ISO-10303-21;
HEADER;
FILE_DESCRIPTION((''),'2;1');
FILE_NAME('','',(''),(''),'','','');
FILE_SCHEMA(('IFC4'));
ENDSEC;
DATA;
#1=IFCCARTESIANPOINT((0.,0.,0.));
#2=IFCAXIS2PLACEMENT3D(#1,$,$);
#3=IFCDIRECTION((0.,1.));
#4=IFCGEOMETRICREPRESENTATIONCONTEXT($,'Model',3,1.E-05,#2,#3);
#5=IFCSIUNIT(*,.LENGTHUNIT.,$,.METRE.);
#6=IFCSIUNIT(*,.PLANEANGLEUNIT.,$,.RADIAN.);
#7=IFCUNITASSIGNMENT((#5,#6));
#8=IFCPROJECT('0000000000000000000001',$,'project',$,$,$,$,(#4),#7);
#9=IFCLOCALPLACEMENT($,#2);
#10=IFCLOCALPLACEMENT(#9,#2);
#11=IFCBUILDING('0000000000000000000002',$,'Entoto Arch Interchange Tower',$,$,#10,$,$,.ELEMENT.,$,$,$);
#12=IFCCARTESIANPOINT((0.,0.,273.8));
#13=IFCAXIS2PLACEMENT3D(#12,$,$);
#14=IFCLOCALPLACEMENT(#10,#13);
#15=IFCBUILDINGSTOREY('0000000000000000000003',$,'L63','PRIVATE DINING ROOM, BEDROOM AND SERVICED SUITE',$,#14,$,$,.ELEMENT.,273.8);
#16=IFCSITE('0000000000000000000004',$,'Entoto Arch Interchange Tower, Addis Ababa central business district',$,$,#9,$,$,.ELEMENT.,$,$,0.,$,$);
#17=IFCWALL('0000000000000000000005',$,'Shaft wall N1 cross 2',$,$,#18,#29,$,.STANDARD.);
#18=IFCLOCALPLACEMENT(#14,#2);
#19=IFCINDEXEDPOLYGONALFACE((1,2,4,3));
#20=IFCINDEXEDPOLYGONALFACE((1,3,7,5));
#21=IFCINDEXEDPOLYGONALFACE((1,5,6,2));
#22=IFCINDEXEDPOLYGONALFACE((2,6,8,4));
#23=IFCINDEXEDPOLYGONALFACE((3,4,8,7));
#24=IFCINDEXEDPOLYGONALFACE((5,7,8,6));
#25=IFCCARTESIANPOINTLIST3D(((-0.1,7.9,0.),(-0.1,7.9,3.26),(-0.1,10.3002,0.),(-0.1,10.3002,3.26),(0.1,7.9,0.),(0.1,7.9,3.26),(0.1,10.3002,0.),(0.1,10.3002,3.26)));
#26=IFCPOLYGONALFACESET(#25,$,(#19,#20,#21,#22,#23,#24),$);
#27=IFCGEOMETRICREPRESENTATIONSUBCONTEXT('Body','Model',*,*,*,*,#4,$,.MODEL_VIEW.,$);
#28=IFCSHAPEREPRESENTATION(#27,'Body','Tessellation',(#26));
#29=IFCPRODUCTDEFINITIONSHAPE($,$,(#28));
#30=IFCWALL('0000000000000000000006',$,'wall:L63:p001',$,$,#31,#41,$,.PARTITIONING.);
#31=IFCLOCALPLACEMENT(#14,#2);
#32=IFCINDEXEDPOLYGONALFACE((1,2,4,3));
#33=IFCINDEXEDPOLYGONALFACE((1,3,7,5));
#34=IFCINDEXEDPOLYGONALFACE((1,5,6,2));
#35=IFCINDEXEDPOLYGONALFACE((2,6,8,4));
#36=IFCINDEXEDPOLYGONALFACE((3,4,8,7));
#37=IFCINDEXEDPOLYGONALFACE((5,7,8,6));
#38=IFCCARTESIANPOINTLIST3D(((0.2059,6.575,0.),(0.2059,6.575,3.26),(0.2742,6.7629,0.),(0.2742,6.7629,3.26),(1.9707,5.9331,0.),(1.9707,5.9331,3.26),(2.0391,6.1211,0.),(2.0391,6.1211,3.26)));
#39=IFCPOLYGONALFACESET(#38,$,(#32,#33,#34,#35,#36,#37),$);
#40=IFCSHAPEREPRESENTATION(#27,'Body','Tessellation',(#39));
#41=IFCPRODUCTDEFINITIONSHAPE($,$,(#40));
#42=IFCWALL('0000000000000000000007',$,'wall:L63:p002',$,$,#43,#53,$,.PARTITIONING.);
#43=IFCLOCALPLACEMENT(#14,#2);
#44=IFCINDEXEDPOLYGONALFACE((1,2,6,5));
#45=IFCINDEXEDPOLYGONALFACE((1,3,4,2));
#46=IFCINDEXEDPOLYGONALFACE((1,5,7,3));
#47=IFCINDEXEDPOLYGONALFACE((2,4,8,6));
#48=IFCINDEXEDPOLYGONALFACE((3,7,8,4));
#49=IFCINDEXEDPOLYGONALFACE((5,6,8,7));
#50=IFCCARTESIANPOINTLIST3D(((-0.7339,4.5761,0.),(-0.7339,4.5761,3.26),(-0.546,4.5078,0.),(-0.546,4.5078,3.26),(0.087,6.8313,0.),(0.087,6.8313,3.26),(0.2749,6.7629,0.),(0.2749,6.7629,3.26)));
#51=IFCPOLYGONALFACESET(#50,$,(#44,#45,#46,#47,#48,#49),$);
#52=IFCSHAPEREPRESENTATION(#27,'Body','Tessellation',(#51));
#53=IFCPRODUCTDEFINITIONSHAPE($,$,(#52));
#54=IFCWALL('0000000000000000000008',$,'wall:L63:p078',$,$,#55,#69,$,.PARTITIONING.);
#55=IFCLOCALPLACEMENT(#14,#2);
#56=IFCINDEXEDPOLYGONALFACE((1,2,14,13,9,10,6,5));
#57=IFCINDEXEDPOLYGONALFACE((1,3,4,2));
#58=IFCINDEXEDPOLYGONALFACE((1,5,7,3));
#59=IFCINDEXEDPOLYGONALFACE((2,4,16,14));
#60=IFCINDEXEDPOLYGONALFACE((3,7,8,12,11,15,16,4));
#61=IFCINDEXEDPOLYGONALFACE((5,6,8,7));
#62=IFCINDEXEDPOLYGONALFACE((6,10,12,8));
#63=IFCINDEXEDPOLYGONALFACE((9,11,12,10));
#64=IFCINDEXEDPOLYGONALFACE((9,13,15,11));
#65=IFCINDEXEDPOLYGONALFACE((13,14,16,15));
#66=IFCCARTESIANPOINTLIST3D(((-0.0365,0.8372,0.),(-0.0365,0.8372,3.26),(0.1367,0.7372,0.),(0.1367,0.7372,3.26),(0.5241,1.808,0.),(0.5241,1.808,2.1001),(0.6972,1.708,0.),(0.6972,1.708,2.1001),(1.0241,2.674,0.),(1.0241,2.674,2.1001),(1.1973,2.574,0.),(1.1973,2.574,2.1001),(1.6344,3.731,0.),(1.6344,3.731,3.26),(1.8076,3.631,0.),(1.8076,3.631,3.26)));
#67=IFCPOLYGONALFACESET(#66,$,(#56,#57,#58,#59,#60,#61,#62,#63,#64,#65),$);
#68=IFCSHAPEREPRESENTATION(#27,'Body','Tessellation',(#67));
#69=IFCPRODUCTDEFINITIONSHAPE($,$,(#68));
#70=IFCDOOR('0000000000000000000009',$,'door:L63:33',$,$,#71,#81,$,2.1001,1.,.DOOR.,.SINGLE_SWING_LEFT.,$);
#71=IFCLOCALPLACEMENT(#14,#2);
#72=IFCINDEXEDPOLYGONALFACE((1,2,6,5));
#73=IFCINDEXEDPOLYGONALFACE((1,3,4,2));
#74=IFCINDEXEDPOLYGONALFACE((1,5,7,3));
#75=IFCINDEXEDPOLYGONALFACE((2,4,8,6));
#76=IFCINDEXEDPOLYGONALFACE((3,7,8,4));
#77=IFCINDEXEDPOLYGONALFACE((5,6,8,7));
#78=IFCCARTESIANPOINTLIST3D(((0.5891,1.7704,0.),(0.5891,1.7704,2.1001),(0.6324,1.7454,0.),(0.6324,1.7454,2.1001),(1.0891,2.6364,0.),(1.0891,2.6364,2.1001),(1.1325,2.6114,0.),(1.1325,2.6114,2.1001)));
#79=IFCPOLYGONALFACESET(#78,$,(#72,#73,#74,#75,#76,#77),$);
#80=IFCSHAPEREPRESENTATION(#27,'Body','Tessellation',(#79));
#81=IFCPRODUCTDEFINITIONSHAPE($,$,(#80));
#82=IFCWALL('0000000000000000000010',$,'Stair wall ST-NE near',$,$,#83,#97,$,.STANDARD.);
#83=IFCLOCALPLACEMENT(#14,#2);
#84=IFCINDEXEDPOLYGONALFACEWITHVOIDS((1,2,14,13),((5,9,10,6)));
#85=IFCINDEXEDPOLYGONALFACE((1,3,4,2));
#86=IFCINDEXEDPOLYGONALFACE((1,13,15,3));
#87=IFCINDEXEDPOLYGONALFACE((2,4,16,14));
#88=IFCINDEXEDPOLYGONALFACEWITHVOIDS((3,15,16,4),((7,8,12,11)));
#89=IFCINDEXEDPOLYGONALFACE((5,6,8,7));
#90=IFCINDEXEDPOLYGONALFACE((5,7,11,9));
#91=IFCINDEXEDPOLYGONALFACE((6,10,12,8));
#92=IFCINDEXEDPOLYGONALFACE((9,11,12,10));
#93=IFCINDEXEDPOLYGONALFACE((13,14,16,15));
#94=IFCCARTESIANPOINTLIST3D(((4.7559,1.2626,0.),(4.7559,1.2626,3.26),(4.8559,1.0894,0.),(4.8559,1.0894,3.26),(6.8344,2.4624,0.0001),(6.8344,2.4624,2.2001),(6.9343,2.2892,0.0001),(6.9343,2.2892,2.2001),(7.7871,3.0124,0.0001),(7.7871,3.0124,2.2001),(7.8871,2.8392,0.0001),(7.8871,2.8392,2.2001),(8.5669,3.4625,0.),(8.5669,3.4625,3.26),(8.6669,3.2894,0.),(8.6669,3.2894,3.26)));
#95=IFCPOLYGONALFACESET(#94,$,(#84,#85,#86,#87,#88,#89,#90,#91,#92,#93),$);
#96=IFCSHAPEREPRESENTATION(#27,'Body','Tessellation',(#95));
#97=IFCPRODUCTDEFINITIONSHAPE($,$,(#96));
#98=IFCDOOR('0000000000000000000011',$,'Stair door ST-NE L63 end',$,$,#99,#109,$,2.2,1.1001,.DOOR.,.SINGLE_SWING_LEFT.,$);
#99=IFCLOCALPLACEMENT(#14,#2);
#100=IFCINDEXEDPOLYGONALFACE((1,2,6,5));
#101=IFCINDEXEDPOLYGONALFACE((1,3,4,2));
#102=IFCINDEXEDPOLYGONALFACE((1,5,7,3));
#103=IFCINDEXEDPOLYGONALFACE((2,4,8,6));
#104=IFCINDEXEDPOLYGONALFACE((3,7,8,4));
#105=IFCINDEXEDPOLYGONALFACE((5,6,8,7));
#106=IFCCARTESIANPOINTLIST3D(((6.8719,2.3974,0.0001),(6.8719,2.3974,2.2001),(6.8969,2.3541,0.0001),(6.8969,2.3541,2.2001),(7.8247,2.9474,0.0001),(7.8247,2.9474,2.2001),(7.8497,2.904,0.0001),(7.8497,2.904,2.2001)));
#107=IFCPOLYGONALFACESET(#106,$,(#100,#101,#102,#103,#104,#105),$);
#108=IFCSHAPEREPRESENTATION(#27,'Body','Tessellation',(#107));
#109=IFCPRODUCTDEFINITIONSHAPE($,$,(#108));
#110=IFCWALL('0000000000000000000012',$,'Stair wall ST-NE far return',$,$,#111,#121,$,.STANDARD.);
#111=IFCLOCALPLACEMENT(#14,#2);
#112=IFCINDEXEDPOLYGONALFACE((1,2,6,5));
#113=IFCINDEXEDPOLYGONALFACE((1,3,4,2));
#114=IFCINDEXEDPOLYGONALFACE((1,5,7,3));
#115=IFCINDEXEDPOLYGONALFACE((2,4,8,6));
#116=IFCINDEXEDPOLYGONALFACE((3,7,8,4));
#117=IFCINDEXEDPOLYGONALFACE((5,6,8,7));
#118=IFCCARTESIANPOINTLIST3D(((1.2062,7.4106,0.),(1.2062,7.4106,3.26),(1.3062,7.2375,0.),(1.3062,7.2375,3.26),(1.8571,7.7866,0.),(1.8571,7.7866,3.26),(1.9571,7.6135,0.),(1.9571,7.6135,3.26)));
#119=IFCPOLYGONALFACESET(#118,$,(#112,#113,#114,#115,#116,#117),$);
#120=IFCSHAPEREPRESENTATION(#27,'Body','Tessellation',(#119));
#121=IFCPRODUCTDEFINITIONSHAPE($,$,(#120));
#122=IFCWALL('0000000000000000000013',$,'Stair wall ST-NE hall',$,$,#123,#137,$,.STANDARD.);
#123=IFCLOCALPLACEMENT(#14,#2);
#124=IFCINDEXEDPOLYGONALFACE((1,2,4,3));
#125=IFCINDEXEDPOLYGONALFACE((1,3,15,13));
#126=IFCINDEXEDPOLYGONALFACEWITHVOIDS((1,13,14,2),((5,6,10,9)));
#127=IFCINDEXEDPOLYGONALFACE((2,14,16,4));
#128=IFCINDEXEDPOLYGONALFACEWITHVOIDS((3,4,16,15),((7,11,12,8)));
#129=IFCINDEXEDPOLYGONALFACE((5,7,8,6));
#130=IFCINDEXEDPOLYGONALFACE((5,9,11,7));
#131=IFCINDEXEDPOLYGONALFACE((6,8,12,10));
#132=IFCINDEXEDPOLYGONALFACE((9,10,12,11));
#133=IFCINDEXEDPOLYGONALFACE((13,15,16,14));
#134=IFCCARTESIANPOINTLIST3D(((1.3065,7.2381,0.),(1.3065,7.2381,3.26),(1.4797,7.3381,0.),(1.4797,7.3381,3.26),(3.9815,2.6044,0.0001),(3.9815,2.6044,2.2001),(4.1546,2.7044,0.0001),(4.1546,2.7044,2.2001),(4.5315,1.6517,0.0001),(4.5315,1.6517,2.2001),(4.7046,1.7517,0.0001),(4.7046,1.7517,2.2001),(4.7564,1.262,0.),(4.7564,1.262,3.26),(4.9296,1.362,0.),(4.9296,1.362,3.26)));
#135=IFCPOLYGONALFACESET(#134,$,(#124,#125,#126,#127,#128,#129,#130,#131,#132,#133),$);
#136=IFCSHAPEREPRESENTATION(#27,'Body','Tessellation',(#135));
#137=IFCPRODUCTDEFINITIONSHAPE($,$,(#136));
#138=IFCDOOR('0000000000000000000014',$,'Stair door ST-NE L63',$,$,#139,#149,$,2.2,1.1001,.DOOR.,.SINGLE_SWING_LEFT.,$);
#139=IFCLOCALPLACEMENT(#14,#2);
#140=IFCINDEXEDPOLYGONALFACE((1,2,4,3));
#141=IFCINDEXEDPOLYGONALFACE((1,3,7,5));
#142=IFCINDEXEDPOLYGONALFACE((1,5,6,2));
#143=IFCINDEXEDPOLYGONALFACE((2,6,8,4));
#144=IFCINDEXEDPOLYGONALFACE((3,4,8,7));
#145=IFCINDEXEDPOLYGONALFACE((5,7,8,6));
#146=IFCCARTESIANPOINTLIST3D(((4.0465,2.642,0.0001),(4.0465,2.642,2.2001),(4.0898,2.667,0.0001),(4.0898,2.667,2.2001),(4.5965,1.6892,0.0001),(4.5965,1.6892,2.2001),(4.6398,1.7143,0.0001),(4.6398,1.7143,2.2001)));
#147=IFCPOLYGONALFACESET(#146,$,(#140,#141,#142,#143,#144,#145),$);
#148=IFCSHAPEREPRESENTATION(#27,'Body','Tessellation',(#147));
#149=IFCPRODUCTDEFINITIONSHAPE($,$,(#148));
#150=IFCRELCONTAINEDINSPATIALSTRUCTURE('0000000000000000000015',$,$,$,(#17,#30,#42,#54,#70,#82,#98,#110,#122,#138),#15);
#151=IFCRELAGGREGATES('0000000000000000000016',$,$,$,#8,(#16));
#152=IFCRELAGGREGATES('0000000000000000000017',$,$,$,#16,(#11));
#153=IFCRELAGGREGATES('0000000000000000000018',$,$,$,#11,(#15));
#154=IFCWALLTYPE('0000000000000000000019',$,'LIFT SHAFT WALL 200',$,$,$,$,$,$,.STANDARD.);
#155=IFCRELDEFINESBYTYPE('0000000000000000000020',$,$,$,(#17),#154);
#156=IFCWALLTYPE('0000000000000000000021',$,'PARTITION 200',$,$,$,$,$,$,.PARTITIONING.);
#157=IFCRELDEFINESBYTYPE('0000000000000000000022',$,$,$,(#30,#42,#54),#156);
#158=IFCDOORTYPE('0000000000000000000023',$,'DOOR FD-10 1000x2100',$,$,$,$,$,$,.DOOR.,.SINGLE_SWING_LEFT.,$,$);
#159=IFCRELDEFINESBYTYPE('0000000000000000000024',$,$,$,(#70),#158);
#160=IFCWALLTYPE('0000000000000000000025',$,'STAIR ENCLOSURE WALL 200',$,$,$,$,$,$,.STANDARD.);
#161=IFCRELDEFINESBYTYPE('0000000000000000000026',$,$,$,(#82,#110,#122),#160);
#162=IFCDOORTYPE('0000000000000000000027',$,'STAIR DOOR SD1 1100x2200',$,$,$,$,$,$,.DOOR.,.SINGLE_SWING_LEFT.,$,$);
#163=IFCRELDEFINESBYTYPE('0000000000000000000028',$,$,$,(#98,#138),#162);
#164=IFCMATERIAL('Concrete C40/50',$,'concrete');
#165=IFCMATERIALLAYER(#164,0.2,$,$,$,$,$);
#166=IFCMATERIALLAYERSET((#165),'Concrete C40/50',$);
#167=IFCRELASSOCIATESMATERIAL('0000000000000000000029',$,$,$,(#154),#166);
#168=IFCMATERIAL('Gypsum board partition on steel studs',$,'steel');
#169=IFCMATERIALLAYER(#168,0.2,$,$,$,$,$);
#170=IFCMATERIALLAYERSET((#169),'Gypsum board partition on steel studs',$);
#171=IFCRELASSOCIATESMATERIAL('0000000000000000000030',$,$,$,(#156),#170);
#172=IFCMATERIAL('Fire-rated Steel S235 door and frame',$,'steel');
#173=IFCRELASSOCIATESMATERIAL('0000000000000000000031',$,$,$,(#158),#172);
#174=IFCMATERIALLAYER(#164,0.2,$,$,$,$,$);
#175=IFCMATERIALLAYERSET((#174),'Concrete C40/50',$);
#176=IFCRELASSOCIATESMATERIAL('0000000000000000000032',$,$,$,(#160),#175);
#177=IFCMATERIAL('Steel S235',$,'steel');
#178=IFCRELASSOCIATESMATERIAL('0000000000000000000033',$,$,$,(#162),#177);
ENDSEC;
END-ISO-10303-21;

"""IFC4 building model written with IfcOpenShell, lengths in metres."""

from ifc_helpers import new_model, si_unit, direction, frame, frame_2d, origin, place, context, subcontext, project, spatial, rectangle, extrude, material, layer, layer_set, type_object, element, fill, save


model = new_model("IFC4")

# Units and contexts
model_context = context("Model", 3, precision=1e-05, world=origin(), true_north=direction((0.0, 1.0)))
body_context = subcontext(model_context, "Body", "Model", "MODEL_VIEW")
ifc_project = project(units=[si_unit("LENGTHUNIT", "METRE"), si_unit("PLANEANGLEUNIT", "RADIAN")], contexts=[model_context])

# Site, building, storey
site_placement = place(None, origin())
site = spatial("IfcSite", under=ifc_project, at=site_placement, Name="Entoto Arch Interchange Tower, Addis Ababa central business district", CompositionType="ELEMENT", RefElevation=0.0)
building_placement = place(site_placement, origin())
building = spatial("IfcBuilding", under=site, at=building_placement, Name="Entoto Arch Interchange Tower", CompositionType="ELEMENT")
storey_placement = place(building_placement, frame((0.0, 0.0, 273.8)))
storey = spatial("IfcBuildingStorey", under=building, at=storey_placement, Name="L63", Description="PRIVATE DINING ROOM, BEDROOM AND SERVICED SUITE", CompositionType="ELEMENT", Elevation=273.8)

# Shared definitions
ifc_material_1 = material(Name="Concrete C40/50", Category="concrete")

# Shared definitions
ifc_layer_1 = layer(ifc_material_1, 0.2)
ifc_layer_set_1 = layer_set([ifc_layer_1], Name="Concrete C40/50")
wall_type_1 = type_object("IfcWallType", Name="LIFT SHAFT WALL 200", PredefinedType="STANDARD", material=ifc_layer_set_1)

# Walls
for number, where, z_axis, x_axis, name in (
    (1, (0.0, 7.8999, 0.0), (0.0, 0.0, 1.0), (0.0, 1.0, 0.0), "Shaft wall N1 cross 2"),
):
    element("IfcWall", number, at=place(storey_placement, frame(where, z_axis=z_axis, x_axis=x_axis)), inside=storey, type_object=wall_type_1, Name=name, PredefinedType="STANDARD", context=body_context, shape_type="SweptSolid", body=[
        extrude(rectangle(XDim=2.4001, YDim=0.2, at=frame_2d((1.2002, 0.0))), origin(), (0.0, 0.0, 1.0), 3.26),
    ])
ifc_material_2 = material(Name="Gypsum board partition on steel studs", Category="steel")
ifc_layer_2 = layer(ifc_material_2, 0.2)
ifc_layer_set_2 = layer_set([ifc_layer_2], Name="Gypsum board partition on steel studs")
wall_type_2 = type_object("IfcWallType", Name="PARTITION 200", PredefinedType="PARTITIONING", material=ifc_layer_set_2)
wall_1_placement = place(storey_placement, frame((2.0049, 6.0271, 0.0), z_axis=(0.0, 0.0, 1.0), x_axis=(-0.939782, 0.341774, 0.0)))
element("IfcWall", 2, at=wall_1_placement, inside=storey, type_object=wall_type_2, Name="wall:L63:p001", PredefinedType="PARTITIONING", context=body_context, shape_type="SweptSolid", body=[
    extrude(rectangle(XDim=1.8779, YDim=0.2, at=frame_2d((0.939, 0.0))), origin(), (0.0, 0.0, 1.0), 3.26),
])
wall_2_placement = place(storey_placement, frame((0.1809, 6.7971, 0.0), z_axis=(0.0, 0.0, 1.0), x_axis=(-0.342021, -0.939692, 0.0)))
element("IfcWall", 3, at=wall_2_placement, inside=storey, type_object=wall_type_2, Name="wall:L63:p002", PredefinedType="PARTITIONING", context=body_context, shape_type="SweptSolid", body=[
    extrude(rectangle(XDim=2.3999, YDim=0.2, at=frame_2d((1.2, 0.0))), origin(), (0.0, 0.0, 1.0), 3.26),
])

# Walls, openings, doors
wall_3_placement = place(storey_placement, frame((0.05, 0.7871, 0.0), z_axis=(0.0, 0.0, 1.0), x_axis=(0.500037, 0.866004, 0.0)))
wall_3 = element("IfcWall", 4, at=wall_3_placement, inside=storey, type_object=wall_type_2, Name="wall:L63:p078", PredefinedType="PARTITIONING", context=body_context, shape_type="SweptSolid", body=[
    extrude(rectangle(XDim=3.3416, YDim=0.2, at=frame_2d((1.6709, 0.0))), origin(), (0.0, 0.0, 1.0), 3.26),
])
opening_1_placement = place(wall_3_placement, frame((1.1211, 0.0, 0.0)))
opening_1 = element("IfcOpeningElement", 5, at=opening_1_placement, cuts=wall_3, PredefinedType="OPENING", context=body_context, shape_type="SweptSolid", body=[
    extrude(rectangle(XDim=1.0, YDim=2.1001, at=frame_2d((0.5, 1.05))), frame((0.0, 0.1099, 0.0), z_axis=(0.0, -1.0, 0.0), x_axis=(1.0, 0.0, 0.0)), (0.0, 0.0, 1.0), 0.22),
])
ifc_material_3 = material(Name="Fire-rated Steel S235 door and frame", Category="steel")
door_type_1 = type_object("IfcDoorType", Name="DOOR FD-10 1000x2100", OperationType="SINGLE_SWING_LEFT", PredefinedType="DOOR", material=ifc_material_3)
door_1_placement = place(opening_1_placement, origin())
door_1 = element("IfcDoor", 6, at=door_1_placement, inside=storey, type_object=door_type_1, Name="door:L63:33", OperationType="SINGLE_SWING_LEFT", OverallHeight=2.1001, OverallWidth=1.0, PredefinedType="DOOR", context=body_context, shape_type="SweptSolid", body=[
    extrude(rectangle(XDim=1.0, YDim=2.1001, at=frame_2d((0.5, 1.05))), frame((0.0, 0.0249, 0.0), z_axis=(0.0, -1.0, 0.0), x_axis=(1.0, 0.0, 0.0)), (0.0, 0.0, 1.0), 0.05),
])
fill(opening_1, door_1)
ifc_layer_3 = layer(ifc_material_1, 0.2)
ifc_layer_set_3 = layer_set([ifc_layer_3], Name="Concrete C40/50")
wall_type_3 = type_object("IfcWallType", Name="STAIR ENCLOSURE WALL 200", PredefinedType="STANDARD", material=ifc_layer_set_3)
wall_4_placement = place(storey_placement, frame((4.8059, 1.176, 0.0), z_axis=(0.0, 0.0, 1.0), x_axis=(0.86606, 0.49994, 0.0)))
wall_4 = element("IfcWall", 7, at=wall_4_placement, inside=storey, type_object=wall_type_3, Name="Stair wall ST-NE near", PredefinedType="STANDARD", context=body_context, shape_type="SweptSolid", body=[
    extrude(rectangle(XDim=4.4004, YDim=0.2, at=frame_2d((2.2002, 0.0))), origin(), (0.0, 0.0, 1.0), 3.26),
])
opening_2_placement = place(wall_4_placement, frame((2.3999, 0.0, 0.0)))
opening_2 = element("IfcOpeningElement", 8, at=opening_2_placement, cuts=wall_4, PredefinedType="OPENING", context=body_context, shape_type="SweptSolid", body=[
    extrude(rectangle(XDim=1.1001, YDim=2.2, at=frame_2d((0.55, 1.1001))), frame((0.0, 0.1099, 0.0), z_axis=(0.0, -1.0, 0.0), x_axis=(1.0, 0.0, 0.0)), (0.0, 0.0, 1.0), 0.22),
])
ifc_material_4 = material(Name="Steel S235", Category="steel")
door_type_2 = type_object("IfcDoorType", Name="STAIR DOOR SD1 1100x2200", OperationType="SINGLE_SWING_LEFT", PredefinedType="DOOR", material=ifc_material_4)
door_2_placement = place(opening_2_placement, origin())
door_2 = element("IfcDoor", 9, at=door_2_placement, inside=storey, type_object=door_type_2, Name="Stair door ST-NE L63 end", OperationType="SINGLE_SWING_LEFT", OverallHeight=2.2, OverallWidth=1.1001, PredefinedType="DOOR", context=body_context, shape_type="SweptSolid", body=[
    extrude(rectangle(XDim=1.1001, YDim=2.2, at=frame_2d((0.55, 1.1001))), frame((0.0, 0.0249, 0.0), z_axis=(0.0, -1.0, 0.0), x_axis=(1.0, 0.0, 0.0)), (0.0, 0.0, 1.0), 0.05),
])
fill(opening_2, door_2)

# Wall
wall_5_placement = place(storey_placement, frame((1.2561, 7.324, 0.0), z_axis=(0.0, 0.0, 1.0), x_axis=(0.865915, 0.500191, 0.0)))
element("IfcWall", 10, at=wall_5_placement, inside=storey, type_object=wall_type_3, Name="Stair wall ST-NE far return", PredefinedType="STANDARD", context=body_context, shape_type="SweptSolid", body=[
    extrude(rectangle(XDim=0.7517, YDim=0.2, at=frame_2d((0.376, 0.0))), origin(), (0.0, 0.0, 1.0), 3.26),
])

# Wall, opening, door
wall_6_placement = place(storey_placement, frame((4.843, 1.312, 0.0), z_axis=(0.0, 0.0, 1.0), x_axis=(-0.499963, 0.866047, 0.0)))
wall_6 = element("IfcWall", 11, at=wall_6_placement, inside=storey, type_object=wall_type_3, Name="Stair wall ST-NE hall", PredefinedType="STANDARD", context=body_context, shape_type="SweptSolid", body=[
    extrude(rectangle(XDim=6.9004, YDim=0.2, at=frame_2d((3.4502, 0.0))), origin(), (0.0, 0.0, 1.0), 3.26),
])
opening_3_placement = place(wall_6_placement, frame((0.45, 0.0, 0.0)))
opening_3 = element("IfcOpeningElement", 12, at=opening_3_placement, cuts=wall_6, PredefinedType="OPENING", context=body_context, shape_type="SweptSolid", body=[
    extrude(rectangle(XDim=1.1001, YDim=2.2, at=frame_2d((0.55, 1.1001))), frame((0.0, 0.1099, 0.0), z_axis=(0.0, -1.0, 0.0), x_axis=(1.0, 0.0, 0.0)), (0.0, 0.0, 1.0), 0.22),
])
door_3_placement = place(opening_3_placement, origin())
door_3 = element("IfcDoor", 13, at=door_3_placement, inside=storey, type_object=door_type_2, Name="Stair door ST-NE L63", OperationType="SINGLE_SWING_LEFT", OverallHeight=2.2, OverallWidth=1.1001, PredefinedType="DOOR", context=body_context, shape_type="SweptSolid", body=[
    extrude(rectangle(XDim=1.1001, YDim=2.2, at=frame_2d((0.55, 1.1001))), frame((0.0, 0.0249, 0.0), z_axis=(0.0, -1.0, 0.0), x_axis=(1.0, 0.0, 0.0)), (0.0, 0.0, 1.0), 0.05),
])
fill(opening_3, door_3)

save(model, "model.ifc")
